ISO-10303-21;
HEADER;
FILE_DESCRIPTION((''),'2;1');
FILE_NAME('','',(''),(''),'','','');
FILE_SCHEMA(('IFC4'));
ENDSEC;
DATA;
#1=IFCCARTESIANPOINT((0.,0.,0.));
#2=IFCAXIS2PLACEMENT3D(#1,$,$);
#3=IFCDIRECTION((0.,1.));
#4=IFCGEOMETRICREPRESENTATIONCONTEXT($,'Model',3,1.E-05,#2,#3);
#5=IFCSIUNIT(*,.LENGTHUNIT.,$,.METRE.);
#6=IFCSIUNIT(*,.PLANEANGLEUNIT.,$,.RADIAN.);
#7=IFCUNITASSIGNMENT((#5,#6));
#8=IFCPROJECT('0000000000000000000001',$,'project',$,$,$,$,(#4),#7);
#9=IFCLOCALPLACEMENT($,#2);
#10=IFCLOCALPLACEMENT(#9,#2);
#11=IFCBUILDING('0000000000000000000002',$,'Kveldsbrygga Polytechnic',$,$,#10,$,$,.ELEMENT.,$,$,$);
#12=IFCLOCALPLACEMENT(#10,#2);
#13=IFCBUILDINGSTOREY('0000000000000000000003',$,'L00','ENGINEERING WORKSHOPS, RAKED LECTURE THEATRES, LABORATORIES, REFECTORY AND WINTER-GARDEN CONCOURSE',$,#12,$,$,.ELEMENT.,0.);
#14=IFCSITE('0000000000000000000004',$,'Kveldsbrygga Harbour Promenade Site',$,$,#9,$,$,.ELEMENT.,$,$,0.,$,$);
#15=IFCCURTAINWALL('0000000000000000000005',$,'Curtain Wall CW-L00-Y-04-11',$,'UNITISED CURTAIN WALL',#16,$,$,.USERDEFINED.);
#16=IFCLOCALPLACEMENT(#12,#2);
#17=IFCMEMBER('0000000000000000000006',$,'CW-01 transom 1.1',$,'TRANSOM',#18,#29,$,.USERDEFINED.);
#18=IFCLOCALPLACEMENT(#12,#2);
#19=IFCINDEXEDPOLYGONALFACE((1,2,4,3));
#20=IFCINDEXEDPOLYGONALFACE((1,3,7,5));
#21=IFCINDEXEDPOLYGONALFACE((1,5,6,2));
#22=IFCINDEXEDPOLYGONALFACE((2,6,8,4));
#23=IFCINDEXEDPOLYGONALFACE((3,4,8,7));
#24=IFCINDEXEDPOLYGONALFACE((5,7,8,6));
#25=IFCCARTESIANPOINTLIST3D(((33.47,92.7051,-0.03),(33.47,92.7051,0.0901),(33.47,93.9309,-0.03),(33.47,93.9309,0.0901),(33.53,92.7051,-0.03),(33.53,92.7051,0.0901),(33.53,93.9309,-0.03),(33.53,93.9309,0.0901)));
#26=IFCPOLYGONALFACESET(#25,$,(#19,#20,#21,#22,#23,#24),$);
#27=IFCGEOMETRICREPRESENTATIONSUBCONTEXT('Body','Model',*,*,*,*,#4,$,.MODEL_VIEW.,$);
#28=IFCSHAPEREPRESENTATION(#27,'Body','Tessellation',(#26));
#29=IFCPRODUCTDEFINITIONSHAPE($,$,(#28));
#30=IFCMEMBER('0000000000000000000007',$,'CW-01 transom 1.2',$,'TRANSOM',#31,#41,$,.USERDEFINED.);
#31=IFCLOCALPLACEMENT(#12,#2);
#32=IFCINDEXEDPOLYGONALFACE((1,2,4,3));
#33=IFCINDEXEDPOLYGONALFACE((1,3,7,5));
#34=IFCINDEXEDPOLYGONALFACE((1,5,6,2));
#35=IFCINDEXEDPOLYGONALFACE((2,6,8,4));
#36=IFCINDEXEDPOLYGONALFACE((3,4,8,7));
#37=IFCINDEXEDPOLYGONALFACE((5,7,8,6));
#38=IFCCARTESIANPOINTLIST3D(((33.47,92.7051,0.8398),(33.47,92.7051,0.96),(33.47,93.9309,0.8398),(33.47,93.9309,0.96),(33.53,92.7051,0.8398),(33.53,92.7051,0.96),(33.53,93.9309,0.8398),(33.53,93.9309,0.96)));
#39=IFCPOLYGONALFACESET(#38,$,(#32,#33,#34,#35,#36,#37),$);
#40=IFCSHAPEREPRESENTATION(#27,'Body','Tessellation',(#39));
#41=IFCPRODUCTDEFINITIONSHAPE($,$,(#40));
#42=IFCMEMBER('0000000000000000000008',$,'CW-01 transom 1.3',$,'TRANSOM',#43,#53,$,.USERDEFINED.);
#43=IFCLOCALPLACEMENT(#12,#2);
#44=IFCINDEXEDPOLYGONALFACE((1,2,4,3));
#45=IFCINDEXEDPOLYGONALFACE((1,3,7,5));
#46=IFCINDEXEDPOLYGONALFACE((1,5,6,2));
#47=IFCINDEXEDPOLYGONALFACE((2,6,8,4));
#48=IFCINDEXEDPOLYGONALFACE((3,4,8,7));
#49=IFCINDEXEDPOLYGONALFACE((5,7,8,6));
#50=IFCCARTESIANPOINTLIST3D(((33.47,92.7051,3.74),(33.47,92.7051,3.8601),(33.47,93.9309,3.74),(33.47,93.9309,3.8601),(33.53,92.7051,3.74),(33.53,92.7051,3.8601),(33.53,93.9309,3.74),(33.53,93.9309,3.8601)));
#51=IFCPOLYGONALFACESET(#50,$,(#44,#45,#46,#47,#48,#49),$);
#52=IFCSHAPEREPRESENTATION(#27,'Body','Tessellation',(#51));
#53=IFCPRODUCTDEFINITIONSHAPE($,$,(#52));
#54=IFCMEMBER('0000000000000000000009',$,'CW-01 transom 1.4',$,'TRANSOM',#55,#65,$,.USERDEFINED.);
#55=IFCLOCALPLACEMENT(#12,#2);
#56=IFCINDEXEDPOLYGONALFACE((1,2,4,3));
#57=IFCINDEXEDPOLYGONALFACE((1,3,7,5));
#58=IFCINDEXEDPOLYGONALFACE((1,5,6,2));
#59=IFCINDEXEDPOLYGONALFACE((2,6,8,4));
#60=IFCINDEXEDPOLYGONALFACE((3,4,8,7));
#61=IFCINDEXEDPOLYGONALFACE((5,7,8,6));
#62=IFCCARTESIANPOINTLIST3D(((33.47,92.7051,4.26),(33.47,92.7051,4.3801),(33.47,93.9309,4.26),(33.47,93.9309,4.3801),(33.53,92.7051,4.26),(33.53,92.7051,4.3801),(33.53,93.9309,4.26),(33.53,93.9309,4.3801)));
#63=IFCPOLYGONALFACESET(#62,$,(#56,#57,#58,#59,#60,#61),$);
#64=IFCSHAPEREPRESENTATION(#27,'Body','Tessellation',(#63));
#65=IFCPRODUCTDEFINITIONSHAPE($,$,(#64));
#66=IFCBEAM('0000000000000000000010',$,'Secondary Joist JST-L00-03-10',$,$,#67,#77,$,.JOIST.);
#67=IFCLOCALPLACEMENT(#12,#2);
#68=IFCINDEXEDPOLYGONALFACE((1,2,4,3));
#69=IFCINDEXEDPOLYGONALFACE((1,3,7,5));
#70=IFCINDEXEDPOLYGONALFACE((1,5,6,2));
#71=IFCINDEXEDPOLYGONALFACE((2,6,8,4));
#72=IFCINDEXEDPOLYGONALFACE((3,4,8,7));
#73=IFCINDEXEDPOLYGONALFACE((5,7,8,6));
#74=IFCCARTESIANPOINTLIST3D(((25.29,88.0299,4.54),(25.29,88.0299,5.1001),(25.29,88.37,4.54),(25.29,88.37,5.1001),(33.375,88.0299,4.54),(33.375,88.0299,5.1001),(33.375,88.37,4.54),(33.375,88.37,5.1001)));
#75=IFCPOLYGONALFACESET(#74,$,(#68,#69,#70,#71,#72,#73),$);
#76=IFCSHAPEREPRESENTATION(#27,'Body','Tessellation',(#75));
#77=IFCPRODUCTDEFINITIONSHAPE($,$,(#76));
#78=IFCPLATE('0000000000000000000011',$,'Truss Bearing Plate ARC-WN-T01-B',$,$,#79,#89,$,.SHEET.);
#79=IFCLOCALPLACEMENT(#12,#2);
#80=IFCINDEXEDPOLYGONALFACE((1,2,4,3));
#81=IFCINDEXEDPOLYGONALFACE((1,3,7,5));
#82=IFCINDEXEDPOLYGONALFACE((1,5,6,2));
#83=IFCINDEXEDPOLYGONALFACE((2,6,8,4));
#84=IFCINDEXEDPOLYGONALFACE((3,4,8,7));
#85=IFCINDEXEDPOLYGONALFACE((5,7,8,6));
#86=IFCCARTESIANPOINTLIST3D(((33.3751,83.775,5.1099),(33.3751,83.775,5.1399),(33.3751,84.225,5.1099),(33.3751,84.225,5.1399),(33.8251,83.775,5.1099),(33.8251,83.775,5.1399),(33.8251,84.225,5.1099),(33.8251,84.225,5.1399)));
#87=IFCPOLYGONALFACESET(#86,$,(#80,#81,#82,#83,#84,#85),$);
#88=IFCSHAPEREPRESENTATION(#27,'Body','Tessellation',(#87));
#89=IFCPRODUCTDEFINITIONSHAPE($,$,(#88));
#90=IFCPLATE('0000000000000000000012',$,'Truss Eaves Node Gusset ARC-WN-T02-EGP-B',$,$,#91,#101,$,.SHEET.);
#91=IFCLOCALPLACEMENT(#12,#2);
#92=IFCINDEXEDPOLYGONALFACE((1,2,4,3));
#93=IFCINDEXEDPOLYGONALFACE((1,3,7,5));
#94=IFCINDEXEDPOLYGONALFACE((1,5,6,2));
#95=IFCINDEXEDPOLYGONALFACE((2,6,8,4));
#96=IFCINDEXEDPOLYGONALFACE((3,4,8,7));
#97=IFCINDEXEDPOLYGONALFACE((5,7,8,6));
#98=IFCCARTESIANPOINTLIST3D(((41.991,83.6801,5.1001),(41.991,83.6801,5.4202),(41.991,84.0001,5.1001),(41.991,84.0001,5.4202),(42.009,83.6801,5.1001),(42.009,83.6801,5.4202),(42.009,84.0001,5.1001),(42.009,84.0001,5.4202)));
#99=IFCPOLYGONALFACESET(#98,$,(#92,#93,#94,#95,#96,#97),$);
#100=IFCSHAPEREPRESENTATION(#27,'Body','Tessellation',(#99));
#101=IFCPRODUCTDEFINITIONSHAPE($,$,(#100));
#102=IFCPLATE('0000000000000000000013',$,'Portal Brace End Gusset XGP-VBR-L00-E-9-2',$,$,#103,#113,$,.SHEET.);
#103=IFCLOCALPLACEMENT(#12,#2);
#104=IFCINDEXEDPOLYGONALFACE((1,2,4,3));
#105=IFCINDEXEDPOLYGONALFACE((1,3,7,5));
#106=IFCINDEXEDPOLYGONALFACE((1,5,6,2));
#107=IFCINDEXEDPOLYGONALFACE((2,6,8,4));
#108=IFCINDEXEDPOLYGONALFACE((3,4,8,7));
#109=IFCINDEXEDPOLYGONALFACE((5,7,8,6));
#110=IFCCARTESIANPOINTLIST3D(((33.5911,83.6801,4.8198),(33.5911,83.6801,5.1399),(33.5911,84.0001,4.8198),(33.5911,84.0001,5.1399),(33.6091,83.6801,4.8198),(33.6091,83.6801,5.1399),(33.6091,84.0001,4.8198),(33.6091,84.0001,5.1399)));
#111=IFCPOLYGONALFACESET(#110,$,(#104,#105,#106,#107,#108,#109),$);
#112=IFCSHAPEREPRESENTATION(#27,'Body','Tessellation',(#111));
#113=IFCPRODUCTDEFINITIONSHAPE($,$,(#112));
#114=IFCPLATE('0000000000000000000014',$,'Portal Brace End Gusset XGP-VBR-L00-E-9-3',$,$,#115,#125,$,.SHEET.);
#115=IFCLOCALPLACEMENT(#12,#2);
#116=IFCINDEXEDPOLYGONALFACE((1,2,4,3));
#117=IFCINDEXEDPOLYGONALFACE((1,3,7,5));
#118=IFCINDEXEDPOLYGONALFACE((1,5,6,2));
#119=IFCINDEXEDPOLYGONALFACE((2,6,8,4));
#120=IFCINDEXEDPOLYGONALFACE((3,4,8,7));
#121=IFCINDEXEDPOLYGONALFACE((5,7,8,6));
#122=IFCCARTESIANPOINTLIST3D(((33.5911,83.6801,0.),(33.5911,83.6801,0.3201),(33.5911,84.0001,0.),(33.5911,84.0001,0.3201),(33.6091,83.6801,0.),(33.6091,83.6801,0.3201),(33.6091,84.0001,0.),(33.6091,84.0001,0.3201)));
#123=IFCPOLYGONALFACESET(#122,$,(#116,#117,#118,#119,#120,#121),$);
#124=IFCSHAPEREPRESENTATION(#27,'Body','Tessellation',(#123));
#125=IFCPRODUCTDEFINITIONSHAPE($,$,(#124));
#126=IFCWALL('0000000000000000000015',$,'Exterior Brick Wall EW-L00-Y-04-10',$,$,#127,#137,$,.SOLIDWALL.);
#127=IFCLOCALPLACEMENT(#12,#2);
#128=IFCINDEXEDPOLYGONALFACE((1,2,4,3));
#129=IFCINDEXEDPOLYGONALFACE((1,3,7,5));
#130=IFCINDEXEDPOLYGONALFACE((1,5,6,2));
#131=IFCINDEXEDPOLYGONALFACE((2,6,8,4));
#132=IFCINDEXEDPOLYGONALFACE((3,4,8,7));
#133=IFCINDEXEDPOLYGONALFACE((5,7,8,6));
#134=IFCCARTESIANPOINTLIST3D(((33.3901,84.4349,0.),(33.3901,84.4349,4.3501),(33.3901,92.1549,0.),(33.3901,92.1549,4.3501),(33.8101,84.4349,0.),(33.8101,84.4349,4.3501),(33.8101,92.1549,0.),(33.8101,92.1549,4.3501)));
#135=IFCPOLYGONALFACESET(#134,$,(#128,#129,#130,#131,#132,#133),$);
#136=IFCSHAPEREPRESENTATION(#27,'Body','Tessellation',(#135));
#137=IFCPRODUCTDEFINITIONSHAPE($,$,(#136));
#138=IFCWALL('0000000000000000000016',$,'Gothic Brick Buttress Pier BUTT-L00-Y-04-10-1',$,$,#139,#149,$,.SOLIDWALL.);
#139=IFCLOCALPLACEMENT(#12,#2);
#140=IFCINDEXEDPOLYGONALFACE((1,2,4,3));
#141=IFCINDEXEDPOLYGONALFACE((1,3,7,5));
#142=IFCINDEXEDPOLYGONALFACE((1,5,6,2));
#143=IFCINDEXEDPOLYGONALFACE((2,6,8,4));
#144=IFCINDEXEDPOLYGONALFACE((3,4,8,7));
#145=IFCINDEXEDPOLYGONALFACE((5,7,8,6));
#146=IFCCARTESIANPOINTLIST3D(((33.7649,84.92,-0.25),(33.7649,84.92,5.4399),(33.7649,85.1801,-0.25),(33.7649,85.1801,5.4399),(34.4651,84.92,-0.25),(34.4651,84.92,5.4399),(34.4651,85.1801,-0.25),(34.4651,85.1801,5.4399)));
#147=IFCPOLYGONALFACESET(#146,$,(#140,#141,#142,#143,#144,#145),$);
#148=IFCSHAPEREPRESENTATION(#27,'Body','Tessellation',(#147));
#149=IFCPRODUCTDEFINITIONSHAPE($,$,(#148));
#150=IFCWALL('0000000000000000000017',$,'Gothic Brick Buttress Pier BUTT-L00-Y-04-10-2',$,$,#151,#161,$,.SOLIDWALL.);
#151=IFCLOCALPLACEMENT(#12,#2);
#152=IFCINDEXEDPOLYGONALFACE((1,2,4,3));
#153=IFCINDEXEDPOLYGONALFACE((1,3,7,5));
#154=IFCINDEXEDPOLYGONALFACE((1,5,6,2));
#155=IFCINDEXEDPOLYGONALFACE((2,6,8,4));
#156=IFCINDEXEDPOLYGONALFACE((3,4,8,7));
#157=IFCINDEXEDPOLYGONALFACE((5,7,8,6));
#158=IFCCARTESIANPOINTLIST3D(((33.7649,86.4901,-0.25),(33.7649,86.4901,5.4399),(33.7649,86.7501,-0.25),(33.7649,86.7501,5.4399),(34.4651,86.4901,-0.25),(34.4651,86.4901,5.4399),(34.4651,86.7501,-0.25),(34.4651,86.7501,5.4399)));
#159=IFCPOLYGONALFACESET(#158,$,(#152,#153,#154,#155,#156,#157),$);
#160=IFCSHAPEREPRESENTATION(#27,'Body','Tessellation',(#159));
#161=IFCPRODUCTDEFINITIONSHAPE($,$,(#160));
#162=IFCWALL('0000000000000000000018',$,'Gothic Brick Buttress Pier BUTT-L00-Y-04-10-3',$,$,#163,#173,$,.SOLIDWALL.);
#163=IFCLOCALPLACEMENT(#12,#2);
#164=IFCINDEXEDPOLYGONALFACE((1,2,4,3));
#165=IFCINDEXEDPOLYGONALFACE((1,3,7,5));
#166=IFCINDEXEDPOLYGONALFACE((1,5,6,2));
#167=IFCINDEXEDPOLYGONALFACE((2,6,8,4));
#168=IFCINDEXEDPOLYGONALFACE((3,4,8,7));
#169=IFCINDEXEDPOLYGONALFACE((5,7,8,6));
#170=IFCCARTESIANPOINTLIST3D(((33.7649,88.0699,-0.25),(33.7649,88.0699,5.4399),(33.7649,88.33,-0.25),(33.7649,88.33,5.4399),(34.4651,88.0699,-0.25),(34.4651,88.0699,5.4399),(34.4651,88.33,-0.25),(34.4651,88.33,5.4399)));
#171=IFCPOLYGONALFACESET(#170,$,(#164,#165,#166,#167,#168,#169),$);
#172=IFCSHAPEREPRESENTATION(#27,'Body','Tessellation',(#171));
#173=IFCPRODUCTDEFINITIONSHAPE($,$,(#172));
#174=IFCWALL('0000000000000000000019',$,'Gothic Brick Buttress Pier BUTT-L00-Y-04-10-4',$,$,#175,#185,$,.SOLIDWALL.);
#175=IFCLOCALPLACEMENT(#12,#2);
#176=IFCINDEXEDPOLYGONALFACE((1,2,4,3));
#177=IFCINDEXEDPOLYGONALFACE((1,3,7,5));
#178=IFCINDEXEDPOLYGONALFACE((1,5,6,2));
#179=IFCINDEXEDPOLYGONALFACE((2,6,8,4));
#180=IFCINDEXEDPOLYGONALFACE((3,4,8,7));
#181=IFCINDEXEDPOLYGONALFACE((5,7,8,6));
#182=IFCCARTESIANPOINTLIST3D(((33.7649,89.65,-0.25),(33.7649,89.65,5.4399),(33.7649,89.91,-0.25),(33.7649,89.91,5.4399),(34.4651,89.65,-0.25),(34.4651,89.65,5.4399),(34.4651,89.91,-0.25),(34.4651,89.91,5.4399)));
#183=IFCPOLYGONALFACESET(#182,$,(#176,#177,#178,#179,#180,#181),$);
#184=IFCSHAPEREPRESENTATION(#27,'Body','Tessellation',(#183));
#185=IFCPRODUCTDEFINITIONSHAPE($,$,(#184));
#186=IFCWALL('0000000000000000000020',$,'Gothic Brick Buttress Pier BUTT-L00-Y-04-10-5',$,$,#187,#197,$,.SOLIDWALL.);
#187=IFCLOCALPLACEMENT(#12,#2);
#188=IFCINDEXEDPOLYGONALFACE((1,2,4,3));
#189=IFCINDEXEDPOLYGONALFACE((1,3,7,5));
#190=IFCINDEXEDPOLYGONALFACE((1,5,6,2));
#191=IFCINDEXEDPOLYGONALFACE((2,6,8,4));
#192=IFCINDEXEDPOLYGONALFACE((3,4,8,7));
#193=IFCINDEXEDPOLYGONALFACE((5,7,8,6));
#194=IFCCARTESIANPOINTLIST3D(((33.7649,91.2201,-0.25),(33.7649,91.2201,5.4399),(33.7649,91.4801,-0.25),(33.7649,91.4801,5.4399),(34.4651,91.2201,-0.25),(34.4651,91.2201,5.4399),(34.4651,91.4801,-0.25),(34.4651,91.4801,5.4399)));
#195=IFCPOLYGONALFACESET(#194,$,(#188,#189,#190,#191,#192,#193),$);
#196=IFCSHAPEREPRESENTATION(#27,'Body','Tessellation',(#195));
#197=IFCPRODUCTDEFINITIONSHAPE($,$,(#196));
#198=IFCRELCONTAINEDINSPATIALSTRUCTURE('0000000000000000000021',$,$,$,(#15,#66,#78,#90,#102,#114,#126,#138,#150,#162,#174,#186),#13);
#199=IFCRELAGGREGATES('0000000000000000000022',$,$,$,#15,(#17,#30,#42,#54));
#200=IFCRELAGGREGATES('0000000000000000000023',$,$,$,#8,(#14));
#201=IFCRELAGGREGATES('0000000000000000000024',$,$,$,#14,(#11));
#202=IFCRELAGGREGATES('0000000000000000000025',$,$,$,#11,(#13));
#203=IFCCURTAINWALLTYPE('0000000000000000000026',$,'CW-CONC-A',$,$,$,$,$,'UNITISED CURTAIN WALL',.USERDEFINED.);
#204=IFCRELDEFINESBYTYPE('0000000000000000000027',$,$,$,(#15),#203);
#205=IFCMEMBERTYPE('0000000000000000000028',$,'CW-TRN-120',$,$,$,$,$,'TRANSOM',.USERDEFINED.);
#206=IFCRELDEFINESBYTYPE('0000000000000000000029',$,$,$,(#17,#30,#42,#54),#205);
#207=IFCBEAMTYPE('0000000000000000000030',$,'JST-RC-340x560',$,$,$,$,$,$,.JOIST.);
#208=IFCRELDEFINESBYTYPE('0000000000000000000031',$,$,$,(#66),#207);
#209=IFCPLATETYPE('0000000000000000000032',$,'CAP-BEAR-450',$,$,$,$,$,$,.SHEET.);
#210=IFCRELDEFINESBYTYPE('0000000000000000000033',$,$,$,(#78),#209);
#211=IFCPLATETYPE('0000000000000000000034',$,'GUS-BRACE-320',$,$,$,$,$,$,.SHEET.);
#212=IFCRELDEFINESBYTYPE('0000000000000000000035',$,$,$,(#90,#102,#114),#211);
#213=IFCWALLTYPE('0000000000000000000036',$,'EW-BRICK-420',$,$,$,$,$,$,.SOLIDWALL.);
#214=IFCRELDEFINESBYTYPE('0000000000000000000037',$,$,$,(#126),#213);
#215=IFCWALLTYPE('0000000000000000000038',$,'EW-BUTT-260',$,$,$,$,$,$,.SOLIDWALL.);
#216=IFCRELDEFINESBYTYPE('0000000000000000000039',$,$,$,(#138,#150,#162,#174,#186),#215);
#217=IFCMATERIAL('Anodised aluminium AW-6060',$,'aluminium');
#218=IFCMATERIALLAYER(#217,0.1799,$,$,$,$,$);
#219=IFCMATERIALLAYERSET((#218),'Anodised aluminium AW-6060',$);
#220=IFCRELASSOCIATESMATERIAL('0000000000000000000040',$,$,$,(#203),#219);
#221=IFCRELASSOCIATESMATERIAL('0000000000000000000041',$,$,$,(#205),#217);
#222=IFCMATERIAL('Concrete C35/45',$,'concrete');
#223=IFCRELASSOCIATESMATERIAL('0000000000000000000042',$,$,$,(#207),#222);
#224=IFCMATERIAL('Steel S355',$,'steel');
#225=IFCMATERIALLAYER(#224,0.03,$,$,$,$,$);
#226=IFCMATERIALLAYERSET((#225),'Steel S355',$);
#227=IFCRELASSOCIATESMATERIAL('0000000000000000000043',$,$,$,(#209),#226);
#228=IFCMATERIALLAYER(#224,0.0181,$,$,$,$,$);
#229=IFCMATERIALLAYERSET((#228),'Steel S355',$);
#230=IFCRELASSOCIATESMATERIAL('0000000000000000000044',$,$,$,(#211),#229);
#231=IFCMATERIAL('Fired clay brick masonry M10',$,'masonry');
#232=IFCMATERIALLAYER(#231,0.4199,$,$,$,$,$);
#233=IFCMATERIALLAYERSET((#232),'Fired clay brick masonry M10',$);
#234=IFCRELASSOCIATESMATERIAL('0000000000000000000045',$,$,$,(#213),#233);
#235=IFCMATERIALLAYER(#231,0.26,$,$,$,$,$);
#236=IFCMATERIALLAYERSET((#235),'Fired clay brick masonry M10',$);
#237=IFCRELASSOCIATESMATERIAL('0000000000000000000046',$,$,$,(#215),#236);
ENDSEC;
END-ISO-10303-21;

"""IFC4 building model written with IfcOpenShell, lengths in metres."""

from ifc_helpers import new_model, si_unit, direction, frame, frame_2d, origin, origin_2d, place, context, subcontext, project, spatial, rectangle, extrude, material, layer, layer_set, material_profile, profile_set, type_object, element, aggregate, save


model = new_model("IFC4")

# Units and contexts
model_context = context("Model", 3, precision=1e-05, world=origin(), true_north=direction((0.0, 1.0)))
body_context = subcontext(model_context, "Body", "Model", "MODEL_VIEW")
ifc_project = project(units=[si_unit("LENGTHUNIT", "METRE"), si_unit("PLANEANGLEUNIT", "RADIAN")], contexts=[model_context])

# Site, building, storey
site_placement = place(None, origin())
site = spatial("IfcSite", under=ifc_project, at=site_placement, Name="Kveldsbrygga Harbour Promenade Site", CompositionType="ELEMENT", RefElevation=0.0)
building_placement = place(site_placement, origin())
building = spatial("IfcBuilding", under=site, at=building_placement, Name="Kveldsbrygga Polytechnic", CompositionType="ELEMENT")
storey_placement = place(building_placement, origin())
storey = spatial("IfcBuildingStorey", under=building, at=storey_placement, Name="L00", Description="ENGINEERING WORKSHOPS, RAKED LECTURE THEATRES, LABORATORIES, REFECTORY AND WINTER-GARDEN CONCOURSE", CompositionType="ELEMENT", Elevation=0.0)

# Shared definitions
ifc_material_1 = material(Name="Concrete C35/45", Category="concrete")
ifc_material_2 = material(Name="Steel S355", Category="steel")

# Curtain wall, members
ifc_material_3 = material(Name="Anodised aluminium AW-6060", Category="aluminium")
ifc_layer_1 = layer(ifc_material_3, 0.1799)
ifc_layer_set_1 = layer_set([ifc_layer_1], Name="Anodised aluminium AW-6060")
curtain_wall_type = type_object("IfcCurtainWallType", Name="CW-CONC-A", ElementType="UNITISED CURTAIN WALL", PredefinedType="USERDEFINED", material=ifc_layer_set_1)
curtain_wall_placement = place(storey_placement, origin())
curtain_wall = element("IfcCurtainWall", 1, at=curtain_wall_placement, inside=storey, type_object=curtain_wall_type, Name="Curtain Wall CW-L00-Y-04-11", ObjectType="UNITISED CURTAIN WALL", PredefinedType="USERDEFINED")
ifc_material_profile_1 = material_profile(ifc_material_3, rectangle(XDim=0.0601, YDim=0.1201, at=origin_2d()), Name="ALU 60x120")
ifc_profile_set_1 = profile_set([ifc_material_profile_1], Name="Anodised aluminium AW-6060")
member_type_1 = type_object("IfcMemberType", Name="CW-TRN-120", ElementType="TRANSOM", PredefinedType="USERDEFINED", material=ifc_profile_set_1)
member_1_placement = place(storey_placement, frame((33.5, 92.7051, 0.03), z_axis=(0.0, 1.0, 0.0), x_axis=(-1.0, 0.0, 0.0)))
member_1 = element("IfcMember", 2, at=member_1_placement, type_object=member_type_1, Name="CW-01 transom 1.1", ObjectType="TRANSOM", PredefinedType="USERDEFINED", context=body_context, shape_type="SweptSolid", body=[
    extrude(rectangle(XDim=0.0601, YDim=0.1201, at=origin_2d()), origin(), (0.0, 0.0, 1.0), 1.2258),
])
member_2_placement = place(storey_placement, frame((33.5, 92.7051, 0.8999), z_axis=(0.0, 1.0, 0.0), x_axis=(-1.0, 0.0, 0.0)))
member_2 = element("IfcMember", 3, at=member_2_placement, type_object=member_type_1, Name="CW-01 transom 1.2", ObjectType="TRANSOM", PredefinedType="USERDEFINED", context=body_context, shape_type="SweptSolid", body=[
    extrude(rectangle(XDim=0.0601, YDim=0.1201, at=origin_2d()), origin(), (0.0, 0.0, 1.0), 1.2258),
])
member_3_placement = place(storey_placement, frame((33.5, 92.7051, 3.8), z_axis=(0.0, 1.0, 0.0), x_axis=(-1.0, 0.0, 0.0)))
member_3 = element("IfcMember", 4, at=member_3_placement, type_object=member_type_1, Name="CW-01 transom 1.3", ObjectType="TRANSOM", PredefinedType="USERDEFINED", context=body_context, shape_type="SweptSolid", body=[
    extrude(rectangle(XDim=0.0601, YDim=0.1201, at=origin_2d()), origin(), (0.0, 0.0, 1.0), 1.2258),
])
member_4_placement = place(storey_placement, frame((33.5, 92.7051, 4.3201), z_axis=(0.0, 1.0, 0.0), x_axis=(-1.0, 0.0, 0.0)))
member_4 = element("IfcMember", 5, at=member_4_placement, type_object=member_type_1, Name="CW-01 transom 1.4", ObjectType="TRANSOM", PredefinedType="USERDEFINED", context=body_context, shape_type="SweptSolid", body=[
    extrude(rectangle(XDim=0.0601, YDim=0.1201, at=origin_2d()), origin(), (0.0, 0.0, 1.0), 1.2258),
])
aggregate(curtain_wall, [member_1, member_2, member_3, member_4])

# Beam
ifc_material_profile_2 = material_profile(ifc_material_1, rectangle(XDim=0.3401, YDim=0.5601, at=origin_2d()), Name="RC 340x560")
ifc_profile_set_2 = profile_set([ifc_material_profile_2], Name="Concrete C35/45")
beam_type_1 = type_object("IfcBeamType", Name="JST-RC-340x560", PredefinedType="JOIST", material=ifc_profile_set_2)
beam_1_placement = place(storey_placement, frame((25.29, 88.2, 4.8201), z_axis=(1.0, 0.0, 0.0), x_axis=(0.0, 1.0, 0.0)))
element("IfcBeam", 6, at=beam_1_placement, inside=storey, type_object=beam_type_1, Name="Secondary Joist JST-L00-03-10", PredefinedType="JOIST", context=body_context, shape_type="SweptSolid", body=[
    extrude(rectangle(XDim=0.3401, YDim=0.5601, at=origin_2d()), origin(), (0.0, 0.0, 1.0), 8.085),
])

# Plates
ifc_layer_2 = layer(ifc_material_2, 0.03)
ifc_layer_set_2 = layer_set([ifc_layer_2], Name="Steel S355")
plate_type_1 = type_object("IfcPlateType", Name="CAP-BEAR-450", PredefinedType="SHEET", material=ifc_layer_set_2)
plate_placement = place(storey_placement, frame((33.6001, 84.0, 5.1099), z_axis=(0.0, 0.0, 1.0), x_axis=(1.0, 0.0, 0.0)))
element("IfcPlate", 7, at=plate_placement, inside=storey, type_object=plate_type_1, Name="Truss Bearing Plate ARC-WN-T01-B", PredefinedType="SHEET", context=body_context, shape_type="SweptSolid", body=[
    extrude(rectangle(XDim=0.45, YDim=0.45, at=origin_2d()), origin(), (0.0, 0.0, 1.0), 0.03),
])
ifc_layer_3 = layer(ifc_material_2, 0.0181)
ifc_layer_set_3 = layer_set([ifc_layer_3], Name="Steel S355")
plate_type_2 = type_object("IfcPlateType", Name="GUS-BRACE-320", PredefinedType="SHEET", material=ifc_layer_set_3)
for number, where, z_axis, x_axis, name in (
    (8, (42.0, 83.8401, 5.1001), (0.0, 0.0, 1.0), (1.0, 0.0, 0.0), "Truss Eaves Node Gusset ARC-WN-T02-EGP-B"),
    (9, (33.6001, 83.8401, 4.8198), (0.0, 0.0, 1.0), (1.0, 0.0, 0.0), "Portal Brace End Gusset XGP-VBR-L00-E-9-2"),
    (10, (33.6001, 83.8401, 0.0), (0.0, 0.0, 1.0), (1.0, 0.0, 0.0), "Portal Brace End Gusset XGP-VBR-L00-E-9-3"),
):
    element("IfcPlate", number, at=place(storey_placement, frame(where, z_axis=z_axis, x_axis=x_axis)), inside=storey, type_object=plate_type_2, Name=name, PredefinedType="SHEET", context=body_context, shape_type="SweptSolid", body=[
        extrude(rectangle(XDim=0.0181, YDim=0.3201, at=origin_2d()), origin(), (0.0, 0.0, 1.0), 0.3201),
    ])

# Walls
ifc_material_4 = material(Name="Fired clay brick masonry M10", Category="masonry")
ifc_layer_4 = layer(ifc_material_4, 0.4199)
ifc_layer_set_4 = layer_set([ifc_layer_4], Name="Fired clay brick masonry M10")
wall_type_1 = type_object("IfcWallType", Name="EW-BRICK-420", PredefinedType="SOLIDWALL", material=ifc_layer_set_4)
wall_1_placement = place(storey_placement, frame((33.6001, 84.4351, 0.0), z_axis=(0.0, 0.0, 1.0), x_axis=(0.0, 1.0, 0.0)))
element("IfcWall", 11, at=wall_1_placement, inside=storey, type_object=wall_type_1, Name="Exterior Brick Wall EW-L00-Y-04-10", PredefinedType="SOLIDWALL", context=body_context, shape_type="SweptSolid", body=[
    extrude(rectangle(XDim=7.72, YDim=0.4199, at=frame_2d((3.8599, 0.0))), origin(), (0.0, 0.0, 1.0), 4.3501),
])
ifc_layer_5 = layer(ifc_material_4, 0.26)
ifc_layer_set_5 = layer_set([ifc_layer_5], Name="Fired clay brick masonry M10")
wall_type_2 = type_object("IfcWallType", Name="EW-BUTT-260", PredefinedType="SOLIDWALL", material=ifc_layer_set_5)
for number, where, z_axis, x_axis, name in (
    (12, (33.7649, 85.05, -0.25), (0.0, 0.0, 1.0), (1.0, 0.0, 0.0), "Gothic Brick Buttress Pier BUTT-L00-Y-04-10-1"),
    (13, (33.7649, 86.6201, -0.25), (0.0, 0.0, 1.0), (1.0, 0.0, 0.0), "Gothic Brick Buttress Pier BUTT-L00-Y-04-10-2"),
    (14, (33.7649, 88.2, -0.25), (0.0, 0.0, 1.0), (1.0, 0.0, 0.0), "Gothic Brick Buttress Pier BUTT-L00-Y-04-10-3"),
    (15, (33.7649, 89.78, -0.25), (0.0, 0.0, 1.0), (1.0, 0.0, 0.0), "Gothic Brick Buttress Pier BUTT-L00-Y-04-10-4"),
    (16, (33.7649, 91.3501, -0.25), (0.0, 0.0, 1.0), (1.0, 0.0, 0.0), "Gothic Brick Buttress Pier BUTT-L00-Y-04-10-5"),
):
    element("IfcWall", number, at=place(storey_placement, frame(where, z_axis=z_axis, x_axis=x_axis)), inside=storey, type_object=wall_type_2, Name=name, PredefinedType="SOLIDWALL", context=body_context, shape_type="SweptSolid", body=[
        extrude(rectangle(XDim=0.7002, YDim=0.26, at=frame_2d((0.3501, 0.0))), origin(), (0.0, 0.0, 1.0), 5.6899),
    ])

save(model, "model.ifc")
